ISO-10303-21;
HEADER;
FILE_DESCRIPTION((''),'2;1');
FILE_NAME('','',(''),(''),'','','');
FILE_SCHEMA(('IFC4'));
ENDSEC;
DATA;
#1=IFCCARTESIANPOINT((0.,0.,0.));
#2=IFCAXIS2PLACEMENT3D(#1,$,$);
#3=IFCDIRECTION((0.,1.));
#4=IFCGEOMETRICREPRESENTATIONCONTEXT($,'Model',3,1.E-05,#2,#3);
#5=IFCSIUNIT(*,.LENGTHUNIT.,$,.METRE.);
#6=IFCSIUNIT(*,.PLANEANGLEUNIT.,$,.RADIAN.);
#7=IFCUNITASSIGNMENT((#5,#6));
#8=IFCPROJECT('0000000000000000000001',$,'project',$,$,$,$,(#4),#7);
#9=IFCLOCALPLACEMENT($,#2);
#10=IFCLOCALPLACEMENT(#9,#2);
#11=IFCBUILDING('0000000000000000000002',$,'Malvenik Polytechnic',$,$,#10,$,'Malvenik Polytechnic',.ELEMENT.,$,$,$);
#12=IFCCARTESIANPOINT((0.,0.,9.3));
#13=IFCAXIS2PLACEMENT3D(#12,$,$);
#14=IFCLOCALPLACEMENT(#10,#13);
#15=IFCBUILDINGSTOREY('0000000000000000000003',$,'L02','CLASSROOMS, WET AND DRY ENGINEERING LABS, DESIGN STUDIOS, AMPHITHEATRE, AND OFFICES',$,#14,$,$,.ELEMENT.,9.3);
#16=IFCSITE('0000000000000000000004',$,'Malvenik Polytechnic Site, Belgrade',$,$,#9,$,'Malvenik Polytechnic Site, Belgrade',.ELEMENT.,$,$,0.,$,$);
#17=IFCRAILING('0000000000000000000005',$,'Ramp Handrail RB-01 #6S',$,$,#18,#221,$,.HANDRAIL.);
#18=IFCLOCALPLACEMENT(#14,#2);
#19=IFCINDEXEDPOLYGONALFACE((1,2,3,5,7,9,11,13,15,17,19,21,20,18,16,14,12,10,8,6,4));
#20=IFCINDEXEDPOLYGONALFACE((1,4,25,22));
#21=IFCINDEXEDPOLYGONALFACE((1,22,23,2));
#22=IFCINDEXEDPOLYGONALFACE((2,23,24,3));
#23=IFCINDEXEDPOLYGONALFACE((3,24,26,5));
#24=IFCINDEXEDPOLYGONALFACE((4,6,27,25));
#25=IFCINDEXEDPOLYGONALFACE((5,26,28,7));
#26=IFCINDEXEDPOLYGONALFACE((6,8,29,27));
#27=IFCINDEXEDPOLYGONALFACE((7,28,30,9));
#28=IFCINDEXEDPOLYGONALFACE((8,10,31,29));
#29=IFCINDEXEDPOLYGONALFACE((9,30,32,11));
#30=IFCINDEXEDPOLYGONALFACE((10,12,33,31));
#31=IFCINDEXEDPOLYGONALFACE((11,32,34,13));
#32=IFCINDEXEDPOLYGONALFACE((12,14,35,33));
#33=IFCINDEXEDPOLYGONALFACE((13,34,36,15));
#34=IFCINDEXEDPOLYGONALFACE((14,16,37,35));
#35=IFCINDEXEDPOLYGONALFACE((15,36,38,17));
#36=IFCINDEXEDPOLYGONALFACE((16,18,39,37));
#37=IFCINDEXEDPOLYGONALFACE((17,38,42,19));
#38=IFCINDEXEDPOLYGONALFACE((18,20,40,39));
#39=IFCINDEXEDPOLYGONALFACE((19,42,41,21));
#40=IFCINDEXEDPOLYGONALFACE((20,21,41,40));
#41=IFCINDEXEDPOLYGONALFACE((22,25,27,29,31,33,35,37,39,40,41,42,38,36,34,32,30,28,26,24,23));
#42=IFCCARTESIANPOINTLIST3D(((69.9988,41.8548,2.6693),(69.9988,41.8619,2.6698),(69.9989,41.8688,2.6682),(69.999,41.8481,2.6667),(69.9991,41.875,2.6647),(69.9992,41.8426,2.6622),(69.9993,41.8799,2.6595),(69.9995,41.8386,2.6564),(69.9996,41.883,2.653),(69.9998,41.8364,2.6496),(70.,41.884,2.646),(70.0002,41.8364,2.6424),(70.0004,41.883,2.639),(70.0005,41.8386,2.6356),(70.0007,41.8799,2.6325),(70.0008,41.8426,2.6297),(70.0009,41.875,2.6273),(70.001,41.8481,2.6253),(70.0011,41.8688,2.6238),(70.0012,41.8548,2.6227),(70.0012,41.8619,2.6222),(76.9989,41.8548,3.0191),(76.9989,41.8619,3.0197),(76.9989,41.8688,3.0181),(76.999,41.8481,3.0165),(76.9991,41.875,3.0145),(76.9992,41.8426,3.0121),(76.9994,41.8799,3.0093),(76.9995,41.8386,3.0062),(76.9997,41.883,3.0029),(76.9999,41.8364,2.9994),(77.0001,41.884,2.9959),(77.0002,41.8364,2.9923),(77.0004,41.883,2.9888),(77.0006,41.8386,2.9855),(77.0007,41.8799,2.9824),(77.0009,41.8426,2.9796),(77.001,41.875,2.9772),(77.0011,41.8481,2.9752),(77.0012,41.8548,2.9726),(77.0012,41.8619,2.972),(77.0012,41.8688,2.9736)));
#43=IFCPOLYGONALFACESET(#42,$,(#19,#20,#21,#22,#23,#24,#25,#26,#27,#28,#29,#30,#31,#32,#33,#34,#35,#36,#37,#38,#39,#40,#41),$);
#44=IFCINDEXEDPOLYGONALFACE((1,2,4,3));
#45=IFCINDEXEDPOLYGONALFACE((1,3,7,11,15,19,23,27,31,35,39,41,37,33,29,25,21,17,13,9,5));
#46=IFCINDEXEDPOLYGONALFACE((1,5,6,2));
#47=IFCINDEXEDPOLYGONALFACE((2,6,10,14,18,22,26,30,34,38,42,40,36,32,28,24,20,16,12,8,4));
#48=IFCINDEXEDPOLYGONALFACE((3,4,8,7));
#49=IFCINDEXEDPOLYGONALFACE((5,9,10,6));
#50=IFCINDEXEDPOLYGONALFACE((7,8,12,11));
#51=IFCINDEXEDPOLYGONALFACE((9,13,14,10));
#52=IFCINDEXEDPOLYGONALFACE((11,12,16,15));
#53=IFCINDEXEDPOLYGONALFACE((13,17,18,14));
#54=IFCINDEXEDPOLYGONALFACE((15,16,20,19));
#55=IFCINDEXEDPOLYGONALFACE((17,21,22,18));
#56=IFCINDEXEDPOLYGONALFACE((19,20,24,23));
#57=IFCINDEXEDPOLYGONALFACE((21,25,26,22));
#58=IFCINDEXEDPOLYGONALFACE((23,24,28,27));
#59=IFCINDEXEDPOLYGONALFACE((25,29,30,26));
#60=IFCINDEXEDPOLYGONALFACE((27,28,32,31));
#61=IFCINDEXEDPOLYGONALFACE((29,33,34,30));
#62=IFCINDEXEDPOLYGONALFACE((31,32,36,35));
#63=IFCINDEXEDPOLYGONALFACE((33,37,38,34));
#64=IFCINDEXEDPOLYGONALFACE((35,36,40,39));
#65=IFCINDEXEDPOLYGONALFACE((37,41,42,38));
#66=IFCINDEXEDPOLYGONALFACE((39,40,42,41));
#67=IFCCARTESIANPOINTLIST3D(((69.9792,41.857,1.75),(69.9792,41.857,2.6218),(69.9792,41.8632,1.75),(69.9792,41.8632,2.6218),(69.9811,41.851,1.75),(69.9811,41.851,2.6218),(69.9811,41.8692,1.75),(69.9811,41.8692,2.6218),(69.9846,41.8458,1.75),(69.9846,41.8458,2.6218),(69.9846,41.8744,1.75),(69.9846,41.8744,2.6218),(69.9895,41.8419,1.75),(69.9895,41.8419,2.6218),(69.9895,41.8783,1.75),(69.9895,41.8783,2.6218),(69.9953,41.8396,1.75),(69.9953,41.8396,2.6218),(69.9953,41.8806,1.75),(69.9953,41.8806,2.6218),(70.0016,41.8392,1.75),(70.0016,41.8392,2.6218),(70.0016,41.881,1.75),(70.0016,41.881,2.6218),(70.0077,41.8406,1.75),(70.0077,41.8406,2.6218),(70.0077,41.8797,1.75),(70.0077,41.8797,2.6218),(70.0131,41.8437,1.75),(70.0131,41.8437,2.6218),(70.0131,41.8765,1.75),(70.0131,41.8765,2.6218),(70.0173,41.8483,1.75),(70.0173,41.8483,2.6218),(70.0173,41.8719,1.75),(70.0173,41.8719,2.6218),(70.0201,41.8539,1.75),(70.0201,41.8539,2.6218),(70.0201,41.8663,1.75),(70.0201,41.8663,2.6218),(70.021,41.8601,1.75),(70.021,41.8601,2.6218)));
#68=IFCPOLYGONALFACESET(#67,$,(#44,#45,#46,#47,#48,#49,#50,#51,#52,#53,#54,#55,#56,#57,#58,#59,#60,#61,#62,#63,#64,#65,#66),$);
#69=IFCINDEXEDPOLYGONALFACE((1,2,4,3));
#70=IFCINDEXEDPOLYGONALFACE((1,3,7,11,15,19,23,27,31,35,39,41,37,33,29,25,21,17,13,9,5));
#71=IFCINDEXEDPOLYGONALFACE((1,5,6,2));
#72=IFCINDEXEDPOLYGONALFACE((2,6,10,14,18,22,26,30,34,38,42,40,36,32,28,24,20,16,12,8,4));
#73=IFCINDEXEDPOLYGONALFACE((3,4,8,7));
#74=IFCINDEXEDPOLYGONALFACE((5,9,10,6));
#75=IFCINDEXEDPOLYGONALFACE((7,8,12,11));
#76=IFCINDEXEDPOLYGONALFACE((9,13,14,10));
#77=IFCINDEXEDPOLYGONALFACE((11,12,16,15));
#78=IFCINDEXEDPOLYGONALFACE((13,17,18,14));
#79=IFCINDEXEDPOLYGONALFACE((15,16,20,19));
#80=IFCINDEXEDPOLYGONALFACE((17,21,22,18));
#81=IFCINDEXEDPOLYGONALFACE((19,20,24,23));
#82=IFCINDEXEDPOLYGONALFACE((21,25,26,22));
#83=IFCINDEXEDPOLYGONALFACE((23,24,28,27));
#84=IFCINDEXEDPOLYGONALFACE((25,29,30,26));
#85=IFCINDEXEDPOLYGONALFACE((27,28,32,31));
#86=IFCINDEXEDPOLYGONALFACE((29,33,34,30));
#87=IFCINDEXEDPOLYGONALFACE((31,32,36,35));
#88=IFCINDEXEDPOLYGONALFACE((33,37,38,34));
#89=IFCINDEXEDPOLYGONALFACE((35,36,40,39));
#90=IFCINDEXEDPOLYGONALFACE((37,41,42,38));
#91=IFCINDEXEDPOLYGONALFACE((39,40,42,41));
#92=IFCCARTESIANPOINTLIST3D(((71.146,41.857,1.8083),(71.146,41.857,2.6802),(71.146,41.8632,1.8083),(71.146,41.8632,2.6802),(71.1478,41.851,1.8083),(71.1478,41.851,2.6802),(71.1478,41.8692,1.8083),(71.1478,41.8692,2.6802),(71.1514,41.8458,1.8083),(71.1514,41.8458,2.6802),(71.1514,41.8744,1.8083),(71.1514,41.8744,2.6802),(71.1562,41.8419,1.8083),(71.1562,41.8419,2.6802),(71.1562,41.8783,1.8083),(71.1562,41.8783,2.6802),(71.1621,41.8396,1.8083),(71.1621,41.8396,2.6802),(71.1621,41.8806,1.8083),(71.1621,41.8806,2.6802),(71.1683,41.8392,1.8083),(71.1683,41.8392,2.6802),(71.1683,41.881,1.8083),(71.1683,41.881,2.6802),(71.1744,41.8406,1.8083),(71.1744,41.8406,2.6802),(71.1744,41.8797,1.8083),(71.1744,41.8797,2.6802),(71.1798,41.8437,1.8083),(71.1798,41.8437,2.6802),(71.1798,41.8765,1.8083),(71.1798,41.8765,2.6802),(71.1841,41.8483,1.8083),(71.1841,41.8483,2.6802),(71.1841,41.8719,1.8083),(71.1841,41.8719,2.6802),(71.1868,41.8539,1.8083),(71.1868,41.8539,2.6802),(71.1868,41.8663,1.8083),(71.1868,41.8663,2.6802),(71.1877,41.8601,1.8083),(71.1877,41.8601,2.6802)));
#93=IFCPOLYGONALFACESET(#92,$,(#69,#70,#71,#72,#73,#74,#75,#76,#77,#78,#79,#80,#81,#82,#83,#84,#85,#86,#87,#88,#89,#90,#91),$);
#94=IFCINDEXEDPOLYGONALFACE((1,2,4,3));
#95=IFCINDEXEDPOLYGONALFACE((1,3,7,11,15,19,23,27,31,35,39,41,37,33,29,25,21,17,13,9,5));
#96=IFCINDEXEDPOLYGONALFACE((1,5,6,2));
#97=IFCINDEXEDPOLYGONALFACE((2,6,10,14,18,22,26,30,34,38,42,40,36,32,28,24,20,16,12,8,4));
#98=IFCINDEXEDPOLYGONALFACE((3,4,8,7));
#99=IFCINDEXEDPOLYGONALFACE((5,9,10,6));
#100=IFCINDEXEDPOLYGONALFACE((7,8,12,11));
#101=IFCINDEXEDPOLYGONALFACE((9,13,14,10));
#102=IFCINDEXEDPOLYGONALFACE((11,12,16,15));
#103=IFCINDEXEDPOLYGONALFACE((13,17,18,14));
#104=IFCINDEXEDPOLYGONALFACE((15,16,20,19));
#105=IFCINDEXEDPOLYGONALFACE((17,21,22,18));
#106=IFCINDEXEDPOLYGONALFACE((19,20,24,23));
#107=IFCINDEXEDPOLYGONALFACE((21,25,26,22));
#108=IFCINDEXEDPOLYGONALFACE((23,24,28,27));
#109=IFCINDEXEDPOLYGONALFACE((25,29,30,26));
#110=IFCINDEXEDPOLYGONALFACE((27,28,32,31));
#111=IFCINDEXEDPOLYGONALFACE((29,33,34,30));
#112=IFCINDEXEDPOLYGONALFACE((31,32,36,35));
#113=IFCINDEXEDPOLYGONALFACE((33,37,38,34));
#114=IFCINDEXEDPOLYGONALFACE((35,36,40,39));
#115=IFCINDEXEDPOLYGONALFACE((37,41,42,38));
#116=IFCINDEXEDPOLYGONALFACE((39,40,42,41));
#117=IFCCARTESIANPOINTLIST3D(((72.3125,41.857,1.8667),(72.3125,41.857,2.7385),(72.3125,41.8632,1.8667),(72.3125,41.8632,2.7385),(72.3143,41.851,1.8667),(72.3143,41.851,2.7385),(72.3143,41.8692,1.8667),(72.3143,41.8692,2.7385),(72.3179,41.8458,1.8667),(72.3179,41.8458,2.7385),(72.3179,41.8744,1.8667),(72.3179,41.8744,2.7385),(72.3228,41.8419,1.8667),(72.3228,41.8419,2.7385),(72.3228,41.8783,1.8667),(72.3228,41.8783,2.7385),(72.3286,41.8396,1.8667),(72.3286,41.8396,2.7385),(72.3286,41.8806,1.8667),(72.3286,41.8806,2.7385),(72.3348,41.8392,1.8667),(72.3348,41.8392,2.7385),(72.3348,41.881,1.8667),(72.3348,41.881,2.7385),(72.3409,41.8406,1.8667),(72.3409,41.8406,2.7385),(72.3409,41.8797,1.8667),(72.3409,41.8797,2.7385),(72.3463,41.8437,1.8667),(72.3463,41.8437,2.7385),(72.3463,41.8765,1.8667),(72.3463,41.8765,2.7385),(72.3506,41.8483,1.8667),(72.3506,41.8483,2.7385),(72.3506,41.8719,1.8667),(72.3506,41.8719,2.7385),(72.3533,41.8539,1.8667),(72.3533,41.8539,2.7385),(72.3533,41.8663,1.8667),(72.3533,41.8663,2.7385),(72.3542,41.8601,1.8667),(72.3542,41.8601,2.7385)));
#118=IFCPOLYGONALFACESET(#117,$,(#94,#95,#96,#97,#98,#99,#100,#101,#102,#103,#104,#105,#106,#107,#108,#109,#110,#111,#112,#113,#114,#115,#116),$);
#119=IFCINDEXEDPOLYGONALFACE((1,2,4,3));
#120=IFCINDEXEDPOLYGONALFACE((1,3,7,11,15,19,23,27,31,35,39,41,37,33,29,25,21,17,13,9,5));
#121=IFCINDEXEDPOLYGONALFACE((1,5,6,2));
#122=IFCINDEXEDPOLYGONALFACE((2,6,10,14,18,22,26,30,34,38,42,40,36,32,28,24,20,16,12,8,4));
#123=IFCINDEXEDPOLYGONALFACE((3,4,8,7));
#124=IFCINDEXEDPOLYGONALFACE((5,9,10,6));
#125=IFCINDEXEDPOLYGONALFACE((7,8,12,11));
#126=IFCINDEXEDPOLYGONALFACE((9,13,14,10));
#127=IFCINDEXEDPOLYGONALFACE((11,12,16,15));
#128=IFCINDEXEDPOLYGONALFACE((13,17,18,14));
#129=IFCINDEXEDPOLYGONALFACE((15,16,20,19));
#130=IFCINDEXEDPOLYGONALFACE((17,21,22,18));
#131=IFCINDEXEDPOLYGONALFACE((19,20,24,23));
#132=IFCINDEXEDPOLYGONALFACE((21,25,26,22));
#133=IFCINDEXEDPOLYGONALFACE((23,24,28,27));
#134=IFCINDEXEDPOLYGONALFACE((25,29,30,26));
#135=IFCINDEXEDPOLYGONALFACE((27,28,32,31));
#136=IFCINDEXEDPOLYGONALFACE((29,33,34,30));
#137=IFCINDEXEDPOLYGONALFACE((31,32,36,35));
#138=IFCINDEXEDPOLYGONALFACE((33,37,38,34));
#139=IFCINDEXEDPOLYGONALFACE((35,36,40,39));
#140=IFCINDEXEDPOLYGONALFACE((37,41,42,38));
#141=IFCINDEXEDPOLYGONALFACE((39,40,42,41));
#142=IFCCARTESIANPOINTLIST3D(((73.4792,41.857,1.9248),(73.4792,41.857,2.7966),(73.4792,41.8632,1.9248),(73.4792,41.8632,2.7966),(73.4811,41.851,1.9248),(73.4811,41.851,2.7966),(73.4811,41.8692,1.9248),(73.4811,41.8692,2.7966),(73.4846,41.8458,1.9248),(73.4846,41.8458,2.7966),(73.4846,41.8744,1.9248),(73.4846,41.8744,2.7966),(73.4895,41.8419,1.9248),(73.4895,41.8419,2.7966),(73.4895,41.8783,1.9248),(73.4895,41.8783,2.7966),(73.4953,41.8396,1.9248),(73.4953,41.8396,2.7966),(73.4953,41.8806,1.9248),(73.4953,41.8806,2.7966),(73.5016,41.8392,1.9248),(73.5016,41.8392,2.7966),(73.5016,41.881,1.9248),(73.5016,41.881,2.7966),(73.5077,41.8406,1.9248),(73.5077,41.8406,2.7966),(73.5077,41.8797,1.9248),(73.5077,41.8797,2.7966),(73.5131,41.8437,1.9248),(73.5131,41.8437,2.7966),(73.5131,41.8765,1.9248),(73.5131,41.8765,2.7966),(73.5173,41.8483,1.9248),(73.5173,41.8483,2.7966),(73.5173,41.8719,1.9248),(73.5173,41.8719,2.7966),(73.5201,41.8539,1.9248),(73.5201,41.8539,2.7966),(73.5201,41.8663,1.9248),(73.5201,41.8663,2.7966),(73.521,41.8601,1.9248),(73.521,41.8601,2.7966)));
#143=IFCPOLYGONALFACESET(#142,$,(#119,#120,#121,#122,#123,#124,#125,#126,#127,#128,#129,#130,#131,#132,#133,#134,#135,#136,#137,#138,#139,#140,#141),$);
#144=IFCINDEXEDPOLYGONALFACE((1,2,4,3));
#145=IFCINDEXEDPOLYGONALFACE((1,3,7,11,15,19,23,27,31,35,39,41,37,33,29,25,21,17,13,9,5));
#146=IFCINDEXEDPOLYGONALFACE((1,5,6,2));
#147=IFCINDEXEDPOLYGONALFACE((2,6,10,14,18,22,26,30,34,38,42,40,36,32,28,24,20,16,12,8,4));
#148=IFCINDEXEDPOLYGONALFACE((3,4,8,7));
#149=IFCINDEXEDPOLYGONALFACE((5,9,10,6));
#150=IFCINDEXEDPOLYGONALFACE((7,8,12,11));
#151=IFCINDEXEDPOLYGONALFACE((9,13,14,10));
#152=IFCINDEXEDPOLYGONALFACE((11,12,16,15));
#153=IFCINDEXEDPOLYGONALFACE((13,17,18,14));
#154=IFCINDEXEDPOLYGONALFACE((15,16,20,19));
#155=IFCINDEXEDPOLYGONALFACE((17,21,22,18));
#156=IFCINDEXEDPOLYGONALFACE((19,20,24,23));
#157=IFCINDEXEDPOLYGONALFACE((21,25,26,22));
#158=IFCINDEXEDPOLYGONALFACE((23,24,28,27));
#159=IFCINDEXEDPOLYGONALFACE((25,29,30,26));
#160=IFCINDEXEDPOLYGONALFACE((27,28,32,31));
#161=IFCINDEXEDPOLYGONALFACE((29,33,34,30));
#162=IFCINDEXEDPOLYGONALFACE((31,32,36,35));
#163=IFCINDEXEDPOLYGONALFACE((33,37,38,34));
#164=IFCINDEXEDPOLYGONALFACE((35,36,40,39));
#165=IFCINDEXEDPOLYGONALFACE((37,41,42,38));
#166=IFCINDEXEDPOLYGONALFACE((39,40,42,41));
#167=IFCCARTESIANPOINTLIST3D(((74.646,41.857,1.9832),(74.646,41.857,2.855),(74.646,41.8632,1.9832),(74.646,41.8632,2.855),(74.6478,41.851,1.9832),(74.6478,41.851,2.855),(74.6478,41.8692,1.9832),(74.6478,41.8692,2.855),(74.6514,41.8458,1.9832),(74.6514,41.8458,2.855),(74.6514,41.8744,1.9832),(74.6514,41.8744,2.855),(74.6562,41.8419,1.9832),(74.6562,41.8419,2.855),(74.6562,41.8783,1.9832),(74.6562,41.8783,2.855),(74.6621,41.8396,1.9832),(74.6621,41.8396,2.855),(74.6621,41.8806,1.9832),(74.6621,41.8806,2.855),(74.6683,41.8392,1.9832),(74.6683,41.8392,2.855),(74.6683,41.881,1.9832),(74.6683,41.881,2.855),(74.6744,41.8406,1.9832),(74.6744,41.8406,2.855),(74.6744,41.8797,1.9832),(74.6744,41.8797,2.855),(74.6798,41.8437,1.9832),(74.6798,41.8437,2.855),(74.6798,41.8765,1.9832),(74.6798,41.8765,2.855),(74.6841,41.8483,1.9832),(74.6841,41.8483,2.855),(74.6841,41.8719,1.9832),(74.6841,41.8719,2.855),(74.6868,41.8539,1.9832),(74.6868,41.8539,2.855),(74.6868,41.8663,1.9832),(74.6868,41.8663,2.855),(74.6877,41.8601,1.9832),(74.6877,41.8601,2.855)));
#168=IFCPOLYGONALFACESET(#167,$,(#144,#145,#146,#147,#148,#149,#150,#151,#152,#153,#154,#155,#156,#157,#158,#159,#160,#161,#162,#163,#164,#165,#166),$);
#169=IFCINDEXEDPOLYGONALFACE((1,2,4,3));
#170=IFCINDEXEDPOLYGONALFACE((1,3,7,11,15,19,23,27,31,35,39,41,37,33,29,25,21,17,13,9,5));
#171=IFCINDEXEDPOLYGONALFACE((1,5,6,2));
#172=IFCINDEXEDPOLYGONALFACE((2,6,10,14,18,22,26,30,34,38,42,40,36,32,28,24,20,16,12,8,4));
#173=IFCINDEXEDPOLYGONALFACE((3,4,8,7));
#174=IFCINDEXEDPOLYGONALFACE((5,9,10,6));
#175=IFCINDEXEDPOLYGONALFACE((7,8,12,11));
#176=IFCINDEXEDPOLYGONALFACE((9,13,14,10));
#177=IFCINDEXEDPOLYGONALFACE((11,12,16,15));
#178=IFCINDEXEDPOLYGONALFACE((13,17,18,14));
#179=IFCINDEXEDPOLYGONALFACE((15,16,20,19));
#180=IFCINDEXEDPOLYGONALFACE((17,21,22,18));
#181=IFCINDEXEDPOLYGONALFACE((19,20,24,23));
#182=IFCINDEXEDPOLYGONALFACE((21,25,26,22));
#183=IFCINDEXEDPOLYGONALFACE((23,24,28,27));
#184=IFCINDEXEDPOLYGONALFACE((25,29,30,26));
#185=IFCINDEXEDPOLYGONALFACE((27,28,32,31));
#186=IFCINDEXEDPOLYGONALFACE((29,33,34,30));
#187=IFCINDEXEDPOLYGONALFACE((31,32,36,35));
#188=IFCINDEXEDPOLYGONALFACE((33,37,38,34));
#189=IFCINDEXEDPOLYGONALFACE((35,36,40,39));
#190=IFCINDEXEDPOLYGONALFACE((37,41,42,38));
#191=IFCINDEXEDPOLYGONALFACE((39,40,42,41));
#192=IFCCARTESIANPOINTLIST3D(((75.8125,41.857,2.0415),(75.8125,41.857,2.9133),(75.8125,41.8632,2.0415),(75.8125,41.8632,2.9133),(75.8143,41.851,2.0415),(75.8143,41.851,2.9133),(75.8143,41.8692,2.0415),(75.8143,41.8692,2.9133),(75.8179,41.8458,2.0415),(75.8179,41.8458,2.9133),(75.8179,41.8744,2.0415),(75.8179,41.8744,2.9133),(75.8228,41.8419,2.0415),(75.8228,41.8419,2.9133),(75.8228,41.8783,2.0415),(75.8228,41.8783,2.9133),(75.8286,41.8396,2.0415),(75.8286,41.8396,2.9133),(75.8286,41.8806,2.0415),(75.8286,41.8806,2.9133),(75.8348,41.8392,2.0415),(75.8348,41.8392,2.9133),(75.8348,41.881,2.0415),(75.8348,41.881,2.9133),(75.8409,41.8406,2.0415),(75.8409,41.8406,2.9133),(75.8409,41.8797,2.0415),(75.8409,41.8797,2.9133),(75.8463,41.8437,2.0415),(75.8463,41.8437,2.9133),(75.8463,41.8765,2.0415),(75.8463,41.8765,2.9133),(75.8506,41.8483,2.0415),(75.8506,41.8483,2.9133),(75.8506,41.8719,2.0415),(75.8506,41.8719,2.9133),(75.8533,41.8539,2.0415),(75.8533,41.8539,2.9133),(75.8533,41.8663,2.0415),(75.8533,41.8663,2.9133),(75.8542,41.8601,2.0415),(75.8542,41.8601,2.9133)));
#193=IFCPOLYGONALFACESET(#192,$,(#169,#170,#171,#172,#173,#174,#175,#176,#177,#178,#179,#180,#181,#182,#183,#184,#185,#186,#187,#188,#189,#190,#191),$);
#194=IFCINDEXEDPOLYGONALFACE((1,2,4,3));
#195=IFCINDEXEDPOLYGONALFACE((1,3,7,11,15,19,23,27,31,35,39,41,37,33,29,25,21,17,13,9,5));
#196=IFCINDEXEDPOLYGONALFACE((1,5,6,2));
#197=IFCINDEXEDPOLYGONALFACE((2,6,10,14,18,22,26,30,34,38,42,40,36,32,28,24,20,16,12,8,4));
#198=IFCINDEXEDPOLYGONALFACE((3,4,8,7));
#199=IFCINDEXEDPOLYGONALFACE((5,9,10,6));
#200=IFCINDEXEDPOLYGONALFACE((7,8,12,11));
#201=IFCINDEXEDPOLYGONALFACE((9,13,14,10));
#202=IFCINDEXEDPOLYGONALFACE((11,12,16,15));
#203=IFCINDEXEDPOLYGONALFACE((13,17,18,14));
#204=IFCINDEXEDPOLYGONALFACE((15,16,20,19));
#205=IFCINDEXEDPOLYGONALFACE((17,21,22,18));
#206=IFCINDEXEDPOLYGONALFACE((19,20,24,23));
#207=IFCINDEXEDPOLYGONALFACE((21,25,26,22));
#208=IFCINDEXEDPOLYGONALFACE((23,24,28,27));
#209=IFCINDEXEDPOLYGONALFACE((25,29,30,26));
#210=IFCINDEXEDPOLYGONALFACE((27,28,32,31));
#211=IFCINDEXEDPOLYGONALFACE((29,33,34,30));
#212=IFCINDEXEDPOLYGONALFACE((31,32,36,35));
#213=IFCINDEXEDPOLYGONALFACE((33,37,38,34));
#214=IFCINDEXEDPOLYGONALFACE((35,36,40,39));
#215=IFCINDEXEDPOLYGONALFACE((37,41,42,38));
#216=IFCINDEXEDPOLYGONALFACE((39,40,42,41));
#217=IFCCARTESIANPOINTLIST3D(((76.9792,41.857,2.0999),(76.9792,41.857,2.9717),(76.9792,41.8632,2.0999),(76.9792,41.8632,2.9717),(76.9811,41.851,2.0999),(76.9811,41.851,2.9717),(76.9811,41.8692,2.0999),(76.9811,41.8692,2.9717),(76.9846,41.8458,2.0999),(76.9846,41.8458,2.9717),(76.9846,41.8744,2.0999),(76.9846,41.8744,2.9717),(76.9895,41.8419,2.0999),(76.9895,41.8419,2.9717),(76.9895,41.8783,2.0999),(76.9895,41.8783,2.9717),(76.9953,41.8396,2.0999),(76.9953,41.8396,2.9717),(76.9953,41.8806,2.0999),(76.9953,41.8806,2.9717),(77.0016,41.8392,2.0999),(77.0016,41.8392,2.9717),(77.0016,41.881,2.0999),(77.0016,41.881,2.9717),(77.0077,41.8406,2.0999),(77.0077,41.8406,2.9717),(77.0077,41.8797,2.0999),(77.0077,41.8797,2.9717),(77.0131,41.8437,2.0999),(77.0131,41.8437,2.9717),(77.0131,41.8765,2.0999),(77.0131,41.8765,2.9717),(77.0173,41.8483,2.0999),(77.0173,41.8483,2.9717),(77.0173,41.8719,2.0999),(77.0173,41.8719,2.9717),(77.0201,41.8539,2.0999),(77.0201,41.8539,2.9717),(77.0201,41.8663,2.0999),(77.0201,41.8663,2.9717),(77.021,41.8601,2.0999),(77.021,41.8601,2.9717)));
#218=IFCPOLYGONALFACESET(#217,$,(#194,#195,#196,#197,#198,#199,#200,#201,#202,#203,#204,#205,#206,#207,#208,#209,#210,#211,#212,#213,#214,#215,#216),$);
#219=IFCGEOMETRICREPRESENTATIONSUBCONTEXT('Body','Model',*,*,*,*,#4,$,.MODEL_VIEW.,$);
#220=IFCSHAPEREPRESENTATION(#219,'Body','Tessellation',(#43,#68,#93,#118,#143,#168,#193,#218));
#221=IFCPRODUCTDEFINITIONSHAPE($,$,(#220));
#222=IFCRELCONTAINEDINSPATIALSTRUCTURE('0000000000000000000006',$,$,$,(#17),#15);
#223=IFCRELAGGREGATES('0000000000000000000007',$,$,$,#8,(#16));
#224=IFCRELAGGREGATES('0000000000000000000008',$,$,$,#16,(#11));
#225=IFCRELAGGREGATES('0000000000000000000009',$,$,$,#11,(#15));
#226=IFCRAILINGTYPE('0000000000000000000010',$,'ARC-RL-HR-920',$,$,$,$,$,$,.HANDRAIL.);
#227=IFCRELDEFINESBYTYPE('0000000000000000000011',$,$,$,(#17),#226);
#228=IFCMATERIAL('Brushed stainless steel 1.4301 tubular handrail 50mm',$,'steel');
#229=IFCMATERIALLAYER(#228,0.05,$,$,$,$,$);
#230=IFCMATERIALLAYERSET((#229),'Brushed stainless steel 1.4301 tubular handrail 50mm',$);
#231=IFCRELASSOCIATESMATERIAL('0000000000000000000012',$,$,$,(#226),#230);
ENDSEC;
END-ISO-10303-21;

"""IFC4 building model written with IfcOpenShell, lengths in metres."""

from ifc_helpers import new_model, si_unit, direction, frame, origin, origin_2d, place, context, subcontext, project, spatial, circle, extrude, material, layer, layer_set, type_object, element, save


model = new_model("IFC4")

# Units and contexts
model_context = context("Model", 3, precision=1e-05, world=origin(), true_north=direction((0.0, 1.0)))
body_context = subcontext(model_context, "Body", "Model", "MODEL_VIEW")
ifc_project = project(units=[si_unit("LENGTHUNIT", "METRE"), si_unit("PLANEANGLEUNIT", "RADIAN")], contexts=[model_context])

# Site, building, storey
site_placement = place(None, origin())
site = spatial("IfcSite", under=ifc_project, at=site_placement, Name="Malvenik Polytechnic Site, Belgrade", LongName="Malvenik Polytechnic Site, Belgrade", CompositionType="ELEMENT", RefElevation=0.0)
building_placement = place(site_placement, origin())
building = spatial("IfcBuilding", under=site, at=building_placement, Name="Malvenik Polytechnic", LongName="Malvenik Polytechnic", CompositionType="ELEMENT")
storey_placement = place(building_placement, frame((0.0, 0.0, 9.3)))
storey = spatial("IfcBuildingStorey", under=building, at=storey_placement, Name="L02", Description="CLASSROOMS, WET AND DRY ENGINEERING LABS, DESIGN STUDIOS, AMPHITHEATRE, AND OFFICES", CompositionType="ELEMENT", Elevation=9.3)

# Railing
ifc_material_1 = material(Name="Brushed stainless steel 1.4301 tubular handrail 50mm", Category="steel")
ifc_layer_1 = layer(ifc_material_1, 0.05)
ifc_layer_set_1 = layer_set([ifc_layer_1], Name="Brushed stainless steel 1.4301 tubular handrail 50mm")
railing_type_1 = type_object("IfcRailingType", Name="ARC-RL-HR-920", PredefinedType="HANDRAIL", material=ifc_layer_set_1)
railing_1_placement = place(storey_placement, frame((70.0, 41.8601, 1.75)))
element("IfcRailing", 1, at=railing_1_placement, inside=storey, type_object=railing_type_1, Name="Ramp Handrail RB-01 #6S", PredefinedType="HANDRAIL", context=body_context, shape_type="SweptSolid", body=[
    extrude(circle(Radius=0.0239, at=origin_2d()), frame((0.0, 0.0, 0.896), z_axis=(0.998753, 0.0, 0.049917), x_axis=(0.0, 1.0, 0.0)), (0.0, 0.0, 1.0), 7.0088),
    extrude(circle(Radius=0.021, at=origin_2d()), origin(), (0.0, 0.0, 1.0), 0.8718),
    extrude(circle(Radius=0.021, at=origin_2d()), frame((1.1667, 0.0, 0.0583)), (0.0, 0.0, 1.0), 0.8718),
    extrude(circle(Radius=0.021, at=origin_2d()), frame((2.3333, 0.0, 0.1167)), (0.0, 0.0, 1.0), 0.8718),
    extrude(circle(Radius=0.021, at=origin_2d()), frame((3.5, 0.0, 0.1748)), (0.0, 0.0, 1.0), 0.8718),
    extrude(circle(Radius=0.021, at=origin_2d()), frame((4.6667, 0.0, 0.2332)), (0.0, 0.0, 1.0), 0.8718),
    extrude(circle(Radius=0.021, at=origin_2d()), frame((5.8333, 0.0, 0.2915)), (0.0, 0.0, 1.0), 0.8718),
    extrude(circle(Radius=0.021, at=origin_2d()), frame((7.0, 0.0, 0.3499)), (0.0, 0.0, 1.0), 0.8718),
])

save(model, "model.ifc")
